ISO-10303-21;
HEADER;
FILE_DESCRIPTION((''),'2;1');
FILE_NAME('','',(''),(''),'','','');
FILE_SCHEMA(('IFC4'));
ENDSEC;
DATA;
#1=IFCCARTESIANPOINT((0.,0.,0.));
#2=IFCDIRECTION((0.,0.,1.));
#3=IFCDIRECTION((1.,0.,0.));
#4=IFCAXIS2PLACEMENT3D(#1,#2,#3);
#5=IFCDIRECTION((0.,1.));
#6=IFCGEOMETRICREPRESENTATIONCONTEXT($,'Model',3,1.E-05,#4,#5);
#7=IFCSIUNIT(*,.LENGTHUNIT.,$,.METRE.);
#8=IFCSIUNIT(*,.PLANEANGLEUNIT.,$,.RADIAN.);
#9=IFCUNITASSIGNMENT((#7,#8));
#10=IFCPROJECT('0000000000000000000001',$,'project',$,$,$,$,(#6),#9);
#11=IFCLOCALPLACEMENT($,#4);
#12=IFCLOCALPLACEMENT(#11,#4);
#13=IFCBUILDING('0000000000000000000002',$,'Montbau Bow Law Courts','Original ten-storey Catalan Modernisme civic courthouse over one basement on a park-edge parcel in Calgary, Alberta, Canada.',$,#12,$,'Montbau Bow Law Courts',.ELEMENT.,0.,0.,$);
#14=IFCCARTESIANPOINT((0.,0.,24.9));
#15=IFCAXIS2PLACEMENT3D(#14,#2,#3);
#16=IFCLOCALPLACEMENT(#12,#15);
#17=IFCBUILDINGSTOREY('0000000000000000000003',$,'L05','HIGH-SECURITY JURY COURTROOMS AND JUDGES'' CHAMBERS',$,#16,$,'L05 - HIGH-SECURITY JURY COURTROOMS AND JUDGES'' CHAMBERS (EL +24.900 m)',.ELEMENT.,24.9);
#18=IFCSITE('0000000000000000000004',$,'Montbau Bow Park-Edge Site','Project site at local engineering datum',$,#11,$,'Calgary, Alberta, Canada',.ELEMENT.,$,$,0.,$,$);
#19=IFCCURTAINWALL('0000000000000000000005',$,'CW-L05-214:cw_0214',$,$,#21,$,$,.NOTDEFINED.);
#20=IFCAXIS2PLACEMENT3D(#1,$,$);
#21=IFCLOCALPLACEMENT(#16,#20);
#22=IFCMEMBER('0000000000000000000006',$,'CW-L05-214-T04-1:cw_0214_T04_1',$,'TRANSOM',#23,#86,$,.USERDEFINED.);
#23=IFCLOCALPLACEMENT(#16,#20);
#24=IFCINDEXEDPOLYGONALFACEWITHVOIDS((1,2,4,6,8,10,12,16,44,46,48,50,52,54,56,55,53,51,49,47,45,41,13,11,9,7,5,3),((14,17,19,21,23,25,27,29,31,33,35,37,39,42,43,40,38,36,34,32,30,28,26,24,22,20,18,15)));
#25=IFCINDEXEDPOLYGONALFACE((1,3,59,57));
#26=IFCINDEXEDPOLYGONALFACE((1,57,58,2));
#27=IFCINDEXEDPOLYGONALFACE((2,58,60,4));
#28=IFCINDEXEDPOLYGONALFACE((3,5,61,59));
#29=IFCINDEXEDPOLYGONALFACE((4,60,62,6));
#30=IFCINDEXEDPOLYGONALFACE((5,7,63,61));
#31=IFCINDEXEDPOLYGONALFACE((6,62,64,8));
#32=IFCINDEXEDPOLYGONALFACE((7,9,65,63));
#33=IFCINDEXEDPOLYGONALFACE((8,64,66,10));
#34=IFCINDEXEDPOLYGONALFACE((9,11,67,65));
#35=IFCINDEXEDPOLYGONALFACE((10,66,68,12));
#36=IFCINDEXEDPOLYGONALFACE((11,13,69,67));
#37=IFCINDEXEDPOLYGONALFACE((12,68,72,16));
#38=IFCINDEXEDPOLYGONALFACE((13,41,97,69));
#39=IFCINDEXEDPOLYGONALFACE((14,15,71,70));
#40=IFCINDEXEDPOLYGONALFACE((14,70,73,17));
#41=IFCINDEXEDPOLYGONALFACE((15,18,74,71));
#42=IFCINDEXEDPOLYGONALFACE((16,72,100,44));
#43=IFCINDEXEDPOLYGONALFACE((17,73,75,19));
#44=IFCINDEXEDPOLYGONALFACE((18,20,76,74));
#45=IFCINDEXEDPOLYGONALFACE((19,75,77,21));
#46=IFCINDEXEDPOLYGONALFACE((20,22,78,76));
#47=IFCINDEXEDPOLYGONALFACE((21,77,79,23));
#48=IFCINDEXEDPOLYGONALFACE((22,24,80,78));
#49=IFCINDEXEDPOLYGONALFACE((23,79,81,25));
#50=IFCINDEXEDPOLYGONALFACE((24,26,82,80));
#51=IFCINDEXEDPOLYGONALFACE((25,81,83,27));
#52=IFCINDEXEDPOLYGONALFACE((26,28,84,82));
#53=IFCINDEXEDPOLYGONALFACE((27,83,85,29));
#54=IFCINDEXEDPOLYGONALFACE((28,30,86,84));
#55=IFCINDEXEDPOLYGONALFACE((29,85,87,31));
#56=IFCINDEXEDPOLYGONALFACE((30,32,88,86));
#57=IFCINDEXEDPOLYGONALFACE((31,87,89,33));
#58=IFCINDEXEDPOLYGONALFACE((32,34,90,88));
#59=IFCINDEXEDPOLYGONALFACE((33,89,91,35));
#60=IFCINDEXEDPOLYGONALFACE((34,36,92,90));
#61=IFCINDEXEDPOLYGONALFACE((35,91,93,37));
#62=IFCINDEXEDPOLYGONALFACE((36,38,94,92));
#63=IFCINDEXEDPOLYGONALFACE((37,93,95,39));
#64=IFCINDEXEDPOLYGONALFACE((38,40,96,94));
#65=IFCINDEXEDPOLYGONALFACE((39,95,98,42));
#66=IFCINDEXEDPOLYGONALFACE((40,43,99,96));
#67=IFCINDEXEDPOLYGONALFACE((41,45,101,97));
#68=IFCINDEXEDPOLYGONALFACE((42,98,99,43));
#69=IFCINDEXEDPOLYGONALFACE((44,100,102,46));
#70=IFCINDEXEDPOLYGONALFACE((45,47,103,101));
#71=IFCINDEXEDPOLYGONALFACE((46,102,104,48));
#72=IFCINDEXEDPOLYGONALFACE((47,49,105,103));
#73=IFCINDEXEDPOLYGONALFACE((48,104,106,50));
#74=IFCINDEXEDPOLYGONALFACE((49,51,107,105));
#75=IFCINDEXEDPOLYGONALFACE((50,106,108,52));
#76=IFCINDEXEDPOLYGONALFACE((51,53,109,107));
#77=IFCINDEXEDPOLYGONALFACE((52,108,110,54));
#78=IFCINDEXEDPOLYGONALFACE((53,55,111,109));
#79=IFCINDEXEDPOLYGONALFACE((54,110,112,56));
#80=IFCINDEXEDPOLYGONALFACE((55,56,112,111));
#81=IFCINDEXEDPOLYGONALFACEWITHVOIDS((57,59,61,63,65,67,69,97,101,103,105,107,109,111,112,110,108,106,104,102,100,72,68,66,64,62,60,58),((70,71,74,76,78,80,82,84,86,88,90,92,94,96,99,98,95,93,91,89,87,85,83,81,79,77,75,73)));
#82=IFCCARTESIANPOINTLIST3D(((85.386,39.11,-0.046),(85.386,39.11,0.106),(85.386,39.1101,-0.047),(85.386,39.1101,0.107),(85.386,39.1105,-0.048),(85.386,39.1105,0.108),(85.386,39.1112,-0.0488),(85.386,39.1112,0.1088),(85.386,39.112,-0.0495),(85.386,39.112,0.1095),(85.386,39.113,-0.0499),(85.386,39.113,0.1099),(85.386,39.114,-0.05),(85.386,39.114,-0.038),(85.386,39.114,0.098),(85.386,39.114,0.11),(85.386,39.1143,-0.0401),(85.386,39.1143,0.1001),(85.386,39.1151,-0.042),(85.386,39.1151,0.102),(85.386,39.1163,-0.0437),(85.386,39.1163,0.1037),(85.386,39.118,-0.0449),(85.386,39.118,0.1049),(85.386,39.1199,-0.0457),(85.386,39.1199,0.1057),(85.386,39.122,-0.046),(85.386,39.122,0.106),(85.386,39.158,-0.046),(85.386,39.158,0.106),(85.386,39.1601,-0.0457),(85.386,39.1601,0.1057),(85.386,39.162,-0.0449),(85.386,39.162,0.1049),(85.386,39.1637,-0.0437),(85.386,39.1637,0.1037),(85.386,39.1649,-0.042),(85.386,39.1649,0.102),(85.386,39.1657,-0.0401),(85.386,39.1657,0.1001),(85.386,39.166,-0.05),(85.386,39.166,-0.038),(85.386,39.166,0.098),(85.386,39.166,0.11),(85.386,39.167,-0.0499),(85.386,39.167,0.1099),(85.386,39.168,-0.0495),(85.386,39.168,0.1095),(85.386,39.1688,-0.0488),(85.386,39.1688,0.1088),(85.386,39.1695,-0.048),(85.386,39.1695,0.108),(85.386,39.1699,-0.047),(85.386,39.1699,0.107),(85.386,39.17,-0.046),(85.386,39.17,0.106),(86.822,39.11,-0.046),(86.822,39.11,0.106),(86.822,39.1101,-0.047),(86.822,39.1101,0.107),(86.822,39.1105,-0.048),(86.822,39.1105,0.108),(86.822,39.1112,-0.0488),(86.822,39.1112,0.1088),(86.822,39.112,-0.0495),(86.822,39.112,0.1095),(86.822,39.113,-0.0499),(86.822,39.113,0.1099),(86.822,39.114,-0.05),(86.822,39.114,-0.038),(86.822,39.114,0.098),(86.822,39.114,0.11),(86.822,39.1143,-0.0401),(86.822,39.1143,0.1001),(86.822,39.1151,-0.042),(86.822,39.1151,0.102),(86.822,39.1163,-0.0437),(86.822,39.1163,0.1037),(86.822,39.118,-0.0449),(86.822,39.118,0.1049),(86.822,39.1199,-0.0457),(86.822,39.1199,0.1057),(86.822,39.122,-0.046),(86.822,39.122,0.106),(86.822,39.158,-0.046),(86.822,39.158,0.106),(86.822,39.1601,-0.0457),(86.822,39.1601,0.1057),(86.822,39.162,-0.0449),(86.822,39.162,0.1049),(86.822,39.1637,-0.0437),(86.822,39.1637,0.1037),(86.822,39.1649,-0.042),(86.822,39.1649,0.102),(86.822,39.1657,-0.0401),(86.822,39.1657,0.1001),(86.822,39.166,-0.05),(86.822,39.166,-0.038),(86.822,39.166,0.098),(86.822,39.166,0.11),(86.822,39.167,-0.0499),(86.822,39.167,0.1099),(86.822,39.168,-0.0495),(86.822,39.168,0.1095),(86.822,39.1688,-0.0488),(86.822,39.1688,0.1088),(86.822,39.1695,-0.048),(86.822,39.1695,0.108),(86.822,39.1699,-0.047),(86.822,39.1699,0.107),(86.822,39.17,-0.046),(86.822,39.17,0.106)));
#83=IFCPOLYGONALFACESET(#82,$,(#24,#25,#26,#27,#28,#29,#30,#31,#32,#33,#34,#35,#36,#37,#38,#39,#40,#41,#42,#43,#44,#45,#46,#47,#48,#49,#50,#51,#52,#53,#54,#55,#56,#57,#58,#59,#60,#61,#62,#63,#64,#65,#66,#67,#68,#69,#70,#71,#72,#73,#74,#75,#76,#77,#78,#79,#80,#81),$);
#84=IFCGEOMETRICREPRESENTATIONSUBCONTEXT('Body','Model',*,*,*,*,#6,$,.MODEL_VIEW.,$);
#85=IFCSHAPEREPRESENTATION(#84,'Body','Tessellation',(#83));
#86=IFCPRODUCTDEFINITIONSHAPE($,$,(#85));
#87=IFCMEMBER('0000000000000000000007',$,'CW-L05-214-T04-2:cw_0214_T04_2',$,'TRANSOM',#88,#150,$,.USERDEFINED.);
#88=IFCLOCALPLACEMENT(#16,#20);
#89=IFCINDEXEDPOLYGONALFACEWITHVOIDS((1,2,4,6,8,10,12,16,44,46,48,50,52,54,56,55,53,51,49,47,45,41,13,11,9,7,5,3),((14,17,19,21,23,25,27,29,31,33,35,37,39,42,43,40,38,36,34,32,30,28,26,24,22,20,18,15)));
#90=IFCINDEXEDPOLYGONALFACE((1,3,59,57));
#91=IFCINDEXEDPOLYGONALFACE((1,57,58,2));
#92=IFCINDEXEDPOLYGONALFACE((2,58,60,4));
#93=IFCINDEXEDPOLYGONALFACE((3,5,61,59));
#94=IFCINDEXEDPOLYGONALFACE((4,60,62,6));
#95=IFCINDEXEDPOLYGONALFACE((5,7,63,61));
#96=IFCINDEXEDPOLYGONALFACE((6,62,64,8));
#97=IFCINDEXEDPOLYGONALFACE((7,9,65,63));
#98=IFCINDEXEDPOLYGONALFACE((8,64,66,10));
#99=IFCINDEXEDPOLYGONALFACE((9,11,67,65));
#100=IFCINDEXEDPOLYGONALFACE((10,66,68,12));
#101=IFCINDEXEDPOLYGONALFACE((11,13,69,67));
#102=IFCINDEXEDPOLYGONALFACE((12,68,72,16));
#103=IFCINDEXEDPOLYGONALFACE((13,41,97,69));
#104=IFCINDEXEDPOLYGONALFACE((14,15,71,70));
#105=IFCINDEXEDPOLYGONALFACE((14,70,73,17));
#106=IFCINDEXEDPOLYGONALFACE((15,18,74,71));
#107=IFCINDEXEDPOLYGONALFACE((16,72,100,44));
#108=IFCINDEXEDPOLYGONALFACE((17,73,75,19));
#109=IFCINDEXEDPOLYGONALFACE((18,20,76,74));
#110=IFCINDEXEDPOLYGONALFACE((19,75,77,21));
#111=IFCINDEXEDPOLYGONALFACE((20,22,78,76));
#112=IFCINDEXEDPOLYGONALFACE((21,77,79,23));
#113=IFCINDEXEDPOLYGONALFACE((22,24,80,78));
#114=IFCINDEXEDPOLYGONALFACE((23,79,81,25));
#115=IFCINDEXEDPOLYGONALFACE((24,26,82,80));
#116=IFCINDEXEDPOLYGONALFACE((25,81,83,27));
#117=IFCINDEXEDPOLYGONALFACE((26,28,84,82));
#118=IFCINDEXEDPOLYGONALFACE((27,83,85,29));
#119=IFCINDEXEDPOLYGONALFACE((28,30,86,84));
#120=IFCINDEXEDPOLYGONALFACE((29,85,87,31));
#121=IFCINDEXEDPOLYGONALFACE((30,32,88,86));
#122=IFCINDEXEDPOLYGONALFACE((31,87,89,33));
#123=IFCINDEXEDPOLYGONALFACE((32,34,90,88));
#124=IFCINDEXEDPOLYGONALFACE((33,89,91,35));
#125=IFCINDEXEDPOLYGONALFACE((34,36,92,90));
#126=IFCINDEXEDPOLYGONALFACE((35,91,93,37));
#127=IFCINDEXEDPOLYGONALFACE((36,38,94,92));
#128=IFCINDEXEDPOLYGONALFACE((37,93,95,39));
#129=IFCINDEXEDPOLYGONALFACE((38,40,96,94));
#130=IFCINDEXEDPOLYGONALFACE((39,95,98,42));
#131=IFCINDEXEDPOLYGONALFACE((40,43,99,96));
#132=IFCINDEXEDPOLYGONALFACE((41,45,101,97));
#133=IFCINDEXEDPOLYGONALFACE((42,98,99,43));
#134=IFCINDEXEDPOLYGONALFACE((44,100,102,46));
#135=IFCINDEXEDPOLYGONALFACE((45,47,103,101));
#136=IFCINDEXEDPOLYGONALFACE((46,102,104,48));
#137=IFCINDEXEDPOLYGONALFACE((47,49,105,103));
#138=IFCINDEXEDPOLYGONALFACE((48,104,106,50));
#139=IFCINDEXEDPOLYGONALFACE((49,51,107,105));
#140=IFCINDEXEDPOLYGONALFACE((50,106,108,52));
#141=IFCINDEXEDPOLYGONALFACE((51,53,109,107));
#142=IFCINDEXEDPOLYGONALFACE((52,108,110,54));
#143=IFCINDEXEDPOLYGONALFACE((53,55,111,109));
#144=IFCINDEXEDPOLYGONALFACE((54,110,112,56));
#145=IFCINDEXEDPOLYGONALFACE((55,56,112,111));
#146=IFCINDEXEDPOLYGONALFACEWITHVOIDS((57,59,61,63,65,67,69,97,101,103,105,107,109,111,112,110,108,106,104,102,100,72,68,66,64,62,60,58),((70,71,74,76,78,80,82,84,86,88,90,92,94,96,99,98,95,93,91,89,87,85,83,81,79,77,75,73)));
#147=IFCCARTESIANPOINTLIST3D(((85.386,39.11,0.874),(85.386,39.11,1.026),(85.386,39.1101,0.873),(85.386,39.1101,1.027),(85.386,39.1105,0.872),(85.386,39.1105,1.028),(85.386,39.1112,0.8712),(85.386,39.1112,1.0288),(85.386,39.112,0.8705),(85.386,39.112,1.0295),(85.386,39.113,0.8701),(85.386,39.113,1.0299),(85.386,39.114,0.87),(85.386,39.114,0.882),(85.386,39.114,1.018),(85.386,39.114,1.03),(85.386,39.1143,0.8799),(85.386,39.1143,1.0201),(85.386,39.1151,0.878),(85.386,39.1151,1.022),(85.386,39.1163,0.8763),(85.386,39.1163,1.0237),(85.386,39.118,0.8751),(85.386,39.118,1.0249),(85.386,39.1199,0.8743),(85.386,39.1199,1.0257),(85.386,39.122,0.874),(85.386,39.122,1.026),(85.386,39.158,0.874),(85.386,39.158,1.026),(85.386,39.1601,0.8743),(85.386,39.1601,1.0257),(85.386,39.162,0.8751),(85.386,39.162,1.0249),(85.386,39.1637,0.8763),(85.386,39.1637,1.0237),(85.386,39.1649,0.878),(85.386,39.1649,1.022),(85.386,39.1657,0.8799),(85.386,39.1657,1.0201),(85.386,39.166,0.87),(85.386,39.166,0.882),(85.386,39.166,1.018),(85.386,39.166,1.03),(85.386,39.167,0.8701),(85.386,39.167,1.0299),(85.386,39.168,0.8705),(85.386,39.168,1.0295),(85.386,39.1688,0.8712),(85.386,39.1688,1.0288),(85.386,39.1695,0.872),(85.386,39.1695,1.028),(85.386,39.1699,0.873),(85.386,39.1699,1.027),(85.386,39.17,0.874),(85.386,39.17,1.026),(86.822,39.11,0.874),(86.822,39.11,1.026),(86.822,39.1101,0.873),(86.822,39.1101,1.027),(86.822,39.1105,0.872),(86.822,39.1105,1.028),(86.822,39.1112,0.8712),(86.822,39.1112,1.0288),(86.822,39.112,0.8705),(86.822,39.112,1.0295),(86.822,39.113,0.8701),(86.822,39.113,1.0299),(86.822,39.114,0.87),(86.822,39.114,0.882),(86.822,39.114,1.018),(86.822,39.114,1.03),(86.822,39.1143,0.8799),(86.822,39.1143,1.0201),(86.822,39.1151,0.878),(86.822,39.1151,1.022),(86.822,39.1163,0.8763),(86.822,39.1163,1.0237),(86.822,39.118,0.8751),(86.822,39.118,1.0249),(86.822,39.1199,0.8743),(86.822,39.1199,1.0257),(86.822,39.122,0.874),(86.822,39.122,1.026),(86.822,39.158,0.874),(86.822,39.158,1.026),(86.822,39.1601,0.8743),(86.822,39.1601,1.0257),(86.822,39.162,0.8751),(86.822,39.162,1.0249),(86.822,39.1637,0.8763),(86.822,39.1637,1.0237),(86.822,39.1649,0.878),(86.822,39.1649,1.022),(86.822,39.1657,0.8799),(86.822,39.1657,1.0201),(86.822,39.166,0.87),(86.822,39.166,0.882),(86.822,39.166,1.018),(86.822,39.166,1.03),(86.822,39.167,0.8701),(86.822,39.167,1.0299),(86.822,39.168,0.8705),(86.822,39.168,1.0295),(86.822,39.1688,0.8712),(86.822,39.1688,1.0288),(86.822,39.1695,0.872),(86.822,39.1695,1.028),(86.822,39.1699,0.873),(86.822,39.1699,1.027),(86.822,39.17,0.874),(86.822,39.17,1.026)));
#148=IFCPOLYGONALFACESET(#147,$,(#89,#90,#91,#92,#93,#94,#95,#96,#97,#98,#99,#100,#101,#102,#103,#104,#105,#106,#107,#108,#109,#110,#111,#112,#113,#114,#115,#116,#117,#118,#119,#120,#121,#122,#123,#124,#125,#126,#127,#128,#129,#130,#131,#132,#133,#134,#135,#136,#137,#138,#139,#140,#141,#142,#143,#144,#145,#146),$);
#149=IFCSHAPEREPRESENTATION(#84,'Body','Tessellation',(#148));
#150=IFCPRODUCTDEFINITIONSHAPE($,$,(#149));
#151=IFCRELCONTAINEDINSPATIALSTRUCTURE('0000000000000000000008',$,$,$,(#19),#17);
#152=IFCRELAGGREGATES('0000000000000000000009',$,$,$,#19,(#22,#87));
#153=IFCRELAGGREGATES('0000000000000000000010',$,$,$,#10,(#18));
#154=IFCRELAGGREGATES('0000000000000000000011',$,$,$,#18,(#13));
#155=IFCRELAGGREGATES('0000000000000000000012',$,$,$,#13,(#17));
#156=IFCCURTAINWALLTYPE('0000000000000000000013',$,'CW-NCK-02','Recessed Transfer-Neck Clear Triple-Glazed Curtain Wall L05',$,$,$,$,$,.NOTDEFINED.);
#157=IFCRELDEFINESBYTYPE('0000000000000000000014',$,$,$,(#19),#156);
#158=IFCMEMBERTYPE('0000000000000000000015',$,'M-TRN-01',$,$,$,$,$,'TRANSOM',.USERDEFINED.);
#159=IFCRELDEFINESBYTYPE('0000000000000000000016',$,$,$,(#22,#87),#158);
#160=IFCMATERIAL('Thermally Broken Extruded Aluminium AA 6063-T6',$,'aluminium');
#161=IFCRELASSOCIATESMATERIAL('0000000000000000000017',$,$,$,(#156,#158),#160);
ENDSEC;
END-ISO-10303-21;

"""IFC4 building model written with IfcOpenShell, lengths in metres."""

from ifc_helpers import new_model, si_unit, direction, frame, origin_with_axes, origin_2d_with_axis, place, context, subcontext, project, spatial, hollow_rectangle, extrude, material, material_profile, profile_set, type_object, element, aggregate, save


model = new_model("IFC4")

# Units and contexts
model_context = context("Model", 3, precision=1e-05, world=origin_with_axes(), true_north=direction((0.0, 1.0)))
body_context = subcontext(model_context, "Body", "Model", "MODEL_VIEW")
ifc_project = project(units=[si_unit("LENGTHUNIT", "METRE"), si_unit("PLANEANGLEUNIT", "RADIAN")], contexts=[model_context])

# Site, building, storey
site_placement = place(None, origin_with_axes())
site = spatial("IfcSite", under=ifc_project, at=site_placement, Name="Montbau Bow Park-Edge Site", Description="Project site at local engineering datum", LongName="Calgary, Alberta, Canada", CompositionType="ELEMENT", RefElevation=0.0)
building_placement = place(site_placement, origin_with_axes())
building = spatial("IfcBuilding", under=site, at=building_placement, Name="Montbau Bow Law Courts", Description="Original ten-storey Catalan Modernisme civic courthouse over one basement on a park-edge parcel in Calgary, Alberta, Canada.", LongName="Montbau Bow Law Courts", CompositionType="ELEMENT", ElevationOfRefHeight=0.0, ElevationOfTerrain=0.0)
storey_placement = place(building_placement, frame((0.0, 0.0, 24.9), z_axis=(0.0, 0.0, 1.0), x_axis=(1.0, 0.0, 0.0)))
storey = spatial("IfcBuildingStorey", under=building, at=storey_placement, Name="L05", Description="HIGH-SECURITY JURY COURTROOMS AND JUDGES' CHAMBERS", LongName="L05 - HIGH-SECURITY JURY COURTROOMS AND JUDGES' CHAMBERS (EL +24.900 m)", CompositionType="ELEMENT", Elevation=24.9)

# Curtain wall, members
ifc_material_1 = material(Name="Thermally Broken Extruded Aluminium AA 6063-T6", Category="aluminium")
curtain_wall_type = type_object("IfcCurtainWallType", Name="CW-NCK-02", Description="Recessed Transfer-Neck Clear Triple-Glazed Curtain Wall L05", PredefinedType="NOTDEFINED", material=ifc_material_1)
curtain_wall_placement = place(None, frame((80.84, 39.14, 24.9), z_axis=(0.0, 0.0, 1.0), x_axis=(1.0, 0.0, 0.0)))
curtain_wall = element("IfcCurtainWall", 1, at=curtain_wall_placement, inside=storey, type_object=curtain_wall_type, Name="CW-L05-214:cw_0214", PredefinedType="NOTDEFINED")
ifc_material_profile_1 = material_profile(ifc_material_1, hollow_rectangle(XDim=0.06, YDim=0.16, WallThickness=0.004, InnerFilletRadius=0.008, OuterFilletRadius=0.004, at=origin_2d_with_axis()), Name="CWT-160X60", Category="Main", Priority=0)
ifc_profile_set_1 = profile_set([ifc_material_profile_1], Name="Thermally Broken Extruded Aluminium AA 6063-T6")
member_type_1 = type_object("IfcMemberType", Name="M-TRN-01", ElementType="TRANSOM", PredefinedType="USERDEFINED", material=ifc_profile_set_1)
member_1_placement = place(None, frame((85.386, 39.14, 24.93), z_axis=(1.0, 0.0, 0.0), x_axis=(0.0, 1.0, 0.0)))
member_1 = element("IfcMember", 2, at=member_1_placement, type_object=member_type_1, Name="CW-L05-214-T04-1:cw_0214_T04_1", ObjectType="TRANSOM", PredefinedType="USERDEFINED", context=body_context, shape_type="SweptSolid", body=[
    extrude(hollow_rectangle(XDim=0.06, YDim=0.16, WallThickness=0.004, InnerFilletRadius=0.008, OuterFilletRadius=0.004, at=origin_2d_with_axis()), origin_with_axes(), (0.0, 0.0, 1.0), 1.436),
])
member_2_placement = place(None, frame((85.386, 39.14, 25.85), z_axis=(1.0, 0.0, 0.0), x_axis=(0.0, 1.0, 0.0)))
member_2 = element("IfcMember", 3, at=member_2_placement, type_object=member_type_1, Name="CW-L05-214-T04-2:cw_0214_T04_2", ObjectType="TRANSOM", PredefinedType="USERDEFINED", context=body_context, shape_type="SweptSolid", body=[
    extrude(hollow_rectangle(XDim=0.06, YDim=0.16, WallThickness=0.004, InnerFilletRadius=0.008, OuterFilletRadius=0.004, at=origin_2d_with_axis()), origin_with_axes(), (0.0, 0.0, 1.0), 1.436),
])
aggregate(curtain_wall, [member_1, member_2])

save(model, "model.ifc")
